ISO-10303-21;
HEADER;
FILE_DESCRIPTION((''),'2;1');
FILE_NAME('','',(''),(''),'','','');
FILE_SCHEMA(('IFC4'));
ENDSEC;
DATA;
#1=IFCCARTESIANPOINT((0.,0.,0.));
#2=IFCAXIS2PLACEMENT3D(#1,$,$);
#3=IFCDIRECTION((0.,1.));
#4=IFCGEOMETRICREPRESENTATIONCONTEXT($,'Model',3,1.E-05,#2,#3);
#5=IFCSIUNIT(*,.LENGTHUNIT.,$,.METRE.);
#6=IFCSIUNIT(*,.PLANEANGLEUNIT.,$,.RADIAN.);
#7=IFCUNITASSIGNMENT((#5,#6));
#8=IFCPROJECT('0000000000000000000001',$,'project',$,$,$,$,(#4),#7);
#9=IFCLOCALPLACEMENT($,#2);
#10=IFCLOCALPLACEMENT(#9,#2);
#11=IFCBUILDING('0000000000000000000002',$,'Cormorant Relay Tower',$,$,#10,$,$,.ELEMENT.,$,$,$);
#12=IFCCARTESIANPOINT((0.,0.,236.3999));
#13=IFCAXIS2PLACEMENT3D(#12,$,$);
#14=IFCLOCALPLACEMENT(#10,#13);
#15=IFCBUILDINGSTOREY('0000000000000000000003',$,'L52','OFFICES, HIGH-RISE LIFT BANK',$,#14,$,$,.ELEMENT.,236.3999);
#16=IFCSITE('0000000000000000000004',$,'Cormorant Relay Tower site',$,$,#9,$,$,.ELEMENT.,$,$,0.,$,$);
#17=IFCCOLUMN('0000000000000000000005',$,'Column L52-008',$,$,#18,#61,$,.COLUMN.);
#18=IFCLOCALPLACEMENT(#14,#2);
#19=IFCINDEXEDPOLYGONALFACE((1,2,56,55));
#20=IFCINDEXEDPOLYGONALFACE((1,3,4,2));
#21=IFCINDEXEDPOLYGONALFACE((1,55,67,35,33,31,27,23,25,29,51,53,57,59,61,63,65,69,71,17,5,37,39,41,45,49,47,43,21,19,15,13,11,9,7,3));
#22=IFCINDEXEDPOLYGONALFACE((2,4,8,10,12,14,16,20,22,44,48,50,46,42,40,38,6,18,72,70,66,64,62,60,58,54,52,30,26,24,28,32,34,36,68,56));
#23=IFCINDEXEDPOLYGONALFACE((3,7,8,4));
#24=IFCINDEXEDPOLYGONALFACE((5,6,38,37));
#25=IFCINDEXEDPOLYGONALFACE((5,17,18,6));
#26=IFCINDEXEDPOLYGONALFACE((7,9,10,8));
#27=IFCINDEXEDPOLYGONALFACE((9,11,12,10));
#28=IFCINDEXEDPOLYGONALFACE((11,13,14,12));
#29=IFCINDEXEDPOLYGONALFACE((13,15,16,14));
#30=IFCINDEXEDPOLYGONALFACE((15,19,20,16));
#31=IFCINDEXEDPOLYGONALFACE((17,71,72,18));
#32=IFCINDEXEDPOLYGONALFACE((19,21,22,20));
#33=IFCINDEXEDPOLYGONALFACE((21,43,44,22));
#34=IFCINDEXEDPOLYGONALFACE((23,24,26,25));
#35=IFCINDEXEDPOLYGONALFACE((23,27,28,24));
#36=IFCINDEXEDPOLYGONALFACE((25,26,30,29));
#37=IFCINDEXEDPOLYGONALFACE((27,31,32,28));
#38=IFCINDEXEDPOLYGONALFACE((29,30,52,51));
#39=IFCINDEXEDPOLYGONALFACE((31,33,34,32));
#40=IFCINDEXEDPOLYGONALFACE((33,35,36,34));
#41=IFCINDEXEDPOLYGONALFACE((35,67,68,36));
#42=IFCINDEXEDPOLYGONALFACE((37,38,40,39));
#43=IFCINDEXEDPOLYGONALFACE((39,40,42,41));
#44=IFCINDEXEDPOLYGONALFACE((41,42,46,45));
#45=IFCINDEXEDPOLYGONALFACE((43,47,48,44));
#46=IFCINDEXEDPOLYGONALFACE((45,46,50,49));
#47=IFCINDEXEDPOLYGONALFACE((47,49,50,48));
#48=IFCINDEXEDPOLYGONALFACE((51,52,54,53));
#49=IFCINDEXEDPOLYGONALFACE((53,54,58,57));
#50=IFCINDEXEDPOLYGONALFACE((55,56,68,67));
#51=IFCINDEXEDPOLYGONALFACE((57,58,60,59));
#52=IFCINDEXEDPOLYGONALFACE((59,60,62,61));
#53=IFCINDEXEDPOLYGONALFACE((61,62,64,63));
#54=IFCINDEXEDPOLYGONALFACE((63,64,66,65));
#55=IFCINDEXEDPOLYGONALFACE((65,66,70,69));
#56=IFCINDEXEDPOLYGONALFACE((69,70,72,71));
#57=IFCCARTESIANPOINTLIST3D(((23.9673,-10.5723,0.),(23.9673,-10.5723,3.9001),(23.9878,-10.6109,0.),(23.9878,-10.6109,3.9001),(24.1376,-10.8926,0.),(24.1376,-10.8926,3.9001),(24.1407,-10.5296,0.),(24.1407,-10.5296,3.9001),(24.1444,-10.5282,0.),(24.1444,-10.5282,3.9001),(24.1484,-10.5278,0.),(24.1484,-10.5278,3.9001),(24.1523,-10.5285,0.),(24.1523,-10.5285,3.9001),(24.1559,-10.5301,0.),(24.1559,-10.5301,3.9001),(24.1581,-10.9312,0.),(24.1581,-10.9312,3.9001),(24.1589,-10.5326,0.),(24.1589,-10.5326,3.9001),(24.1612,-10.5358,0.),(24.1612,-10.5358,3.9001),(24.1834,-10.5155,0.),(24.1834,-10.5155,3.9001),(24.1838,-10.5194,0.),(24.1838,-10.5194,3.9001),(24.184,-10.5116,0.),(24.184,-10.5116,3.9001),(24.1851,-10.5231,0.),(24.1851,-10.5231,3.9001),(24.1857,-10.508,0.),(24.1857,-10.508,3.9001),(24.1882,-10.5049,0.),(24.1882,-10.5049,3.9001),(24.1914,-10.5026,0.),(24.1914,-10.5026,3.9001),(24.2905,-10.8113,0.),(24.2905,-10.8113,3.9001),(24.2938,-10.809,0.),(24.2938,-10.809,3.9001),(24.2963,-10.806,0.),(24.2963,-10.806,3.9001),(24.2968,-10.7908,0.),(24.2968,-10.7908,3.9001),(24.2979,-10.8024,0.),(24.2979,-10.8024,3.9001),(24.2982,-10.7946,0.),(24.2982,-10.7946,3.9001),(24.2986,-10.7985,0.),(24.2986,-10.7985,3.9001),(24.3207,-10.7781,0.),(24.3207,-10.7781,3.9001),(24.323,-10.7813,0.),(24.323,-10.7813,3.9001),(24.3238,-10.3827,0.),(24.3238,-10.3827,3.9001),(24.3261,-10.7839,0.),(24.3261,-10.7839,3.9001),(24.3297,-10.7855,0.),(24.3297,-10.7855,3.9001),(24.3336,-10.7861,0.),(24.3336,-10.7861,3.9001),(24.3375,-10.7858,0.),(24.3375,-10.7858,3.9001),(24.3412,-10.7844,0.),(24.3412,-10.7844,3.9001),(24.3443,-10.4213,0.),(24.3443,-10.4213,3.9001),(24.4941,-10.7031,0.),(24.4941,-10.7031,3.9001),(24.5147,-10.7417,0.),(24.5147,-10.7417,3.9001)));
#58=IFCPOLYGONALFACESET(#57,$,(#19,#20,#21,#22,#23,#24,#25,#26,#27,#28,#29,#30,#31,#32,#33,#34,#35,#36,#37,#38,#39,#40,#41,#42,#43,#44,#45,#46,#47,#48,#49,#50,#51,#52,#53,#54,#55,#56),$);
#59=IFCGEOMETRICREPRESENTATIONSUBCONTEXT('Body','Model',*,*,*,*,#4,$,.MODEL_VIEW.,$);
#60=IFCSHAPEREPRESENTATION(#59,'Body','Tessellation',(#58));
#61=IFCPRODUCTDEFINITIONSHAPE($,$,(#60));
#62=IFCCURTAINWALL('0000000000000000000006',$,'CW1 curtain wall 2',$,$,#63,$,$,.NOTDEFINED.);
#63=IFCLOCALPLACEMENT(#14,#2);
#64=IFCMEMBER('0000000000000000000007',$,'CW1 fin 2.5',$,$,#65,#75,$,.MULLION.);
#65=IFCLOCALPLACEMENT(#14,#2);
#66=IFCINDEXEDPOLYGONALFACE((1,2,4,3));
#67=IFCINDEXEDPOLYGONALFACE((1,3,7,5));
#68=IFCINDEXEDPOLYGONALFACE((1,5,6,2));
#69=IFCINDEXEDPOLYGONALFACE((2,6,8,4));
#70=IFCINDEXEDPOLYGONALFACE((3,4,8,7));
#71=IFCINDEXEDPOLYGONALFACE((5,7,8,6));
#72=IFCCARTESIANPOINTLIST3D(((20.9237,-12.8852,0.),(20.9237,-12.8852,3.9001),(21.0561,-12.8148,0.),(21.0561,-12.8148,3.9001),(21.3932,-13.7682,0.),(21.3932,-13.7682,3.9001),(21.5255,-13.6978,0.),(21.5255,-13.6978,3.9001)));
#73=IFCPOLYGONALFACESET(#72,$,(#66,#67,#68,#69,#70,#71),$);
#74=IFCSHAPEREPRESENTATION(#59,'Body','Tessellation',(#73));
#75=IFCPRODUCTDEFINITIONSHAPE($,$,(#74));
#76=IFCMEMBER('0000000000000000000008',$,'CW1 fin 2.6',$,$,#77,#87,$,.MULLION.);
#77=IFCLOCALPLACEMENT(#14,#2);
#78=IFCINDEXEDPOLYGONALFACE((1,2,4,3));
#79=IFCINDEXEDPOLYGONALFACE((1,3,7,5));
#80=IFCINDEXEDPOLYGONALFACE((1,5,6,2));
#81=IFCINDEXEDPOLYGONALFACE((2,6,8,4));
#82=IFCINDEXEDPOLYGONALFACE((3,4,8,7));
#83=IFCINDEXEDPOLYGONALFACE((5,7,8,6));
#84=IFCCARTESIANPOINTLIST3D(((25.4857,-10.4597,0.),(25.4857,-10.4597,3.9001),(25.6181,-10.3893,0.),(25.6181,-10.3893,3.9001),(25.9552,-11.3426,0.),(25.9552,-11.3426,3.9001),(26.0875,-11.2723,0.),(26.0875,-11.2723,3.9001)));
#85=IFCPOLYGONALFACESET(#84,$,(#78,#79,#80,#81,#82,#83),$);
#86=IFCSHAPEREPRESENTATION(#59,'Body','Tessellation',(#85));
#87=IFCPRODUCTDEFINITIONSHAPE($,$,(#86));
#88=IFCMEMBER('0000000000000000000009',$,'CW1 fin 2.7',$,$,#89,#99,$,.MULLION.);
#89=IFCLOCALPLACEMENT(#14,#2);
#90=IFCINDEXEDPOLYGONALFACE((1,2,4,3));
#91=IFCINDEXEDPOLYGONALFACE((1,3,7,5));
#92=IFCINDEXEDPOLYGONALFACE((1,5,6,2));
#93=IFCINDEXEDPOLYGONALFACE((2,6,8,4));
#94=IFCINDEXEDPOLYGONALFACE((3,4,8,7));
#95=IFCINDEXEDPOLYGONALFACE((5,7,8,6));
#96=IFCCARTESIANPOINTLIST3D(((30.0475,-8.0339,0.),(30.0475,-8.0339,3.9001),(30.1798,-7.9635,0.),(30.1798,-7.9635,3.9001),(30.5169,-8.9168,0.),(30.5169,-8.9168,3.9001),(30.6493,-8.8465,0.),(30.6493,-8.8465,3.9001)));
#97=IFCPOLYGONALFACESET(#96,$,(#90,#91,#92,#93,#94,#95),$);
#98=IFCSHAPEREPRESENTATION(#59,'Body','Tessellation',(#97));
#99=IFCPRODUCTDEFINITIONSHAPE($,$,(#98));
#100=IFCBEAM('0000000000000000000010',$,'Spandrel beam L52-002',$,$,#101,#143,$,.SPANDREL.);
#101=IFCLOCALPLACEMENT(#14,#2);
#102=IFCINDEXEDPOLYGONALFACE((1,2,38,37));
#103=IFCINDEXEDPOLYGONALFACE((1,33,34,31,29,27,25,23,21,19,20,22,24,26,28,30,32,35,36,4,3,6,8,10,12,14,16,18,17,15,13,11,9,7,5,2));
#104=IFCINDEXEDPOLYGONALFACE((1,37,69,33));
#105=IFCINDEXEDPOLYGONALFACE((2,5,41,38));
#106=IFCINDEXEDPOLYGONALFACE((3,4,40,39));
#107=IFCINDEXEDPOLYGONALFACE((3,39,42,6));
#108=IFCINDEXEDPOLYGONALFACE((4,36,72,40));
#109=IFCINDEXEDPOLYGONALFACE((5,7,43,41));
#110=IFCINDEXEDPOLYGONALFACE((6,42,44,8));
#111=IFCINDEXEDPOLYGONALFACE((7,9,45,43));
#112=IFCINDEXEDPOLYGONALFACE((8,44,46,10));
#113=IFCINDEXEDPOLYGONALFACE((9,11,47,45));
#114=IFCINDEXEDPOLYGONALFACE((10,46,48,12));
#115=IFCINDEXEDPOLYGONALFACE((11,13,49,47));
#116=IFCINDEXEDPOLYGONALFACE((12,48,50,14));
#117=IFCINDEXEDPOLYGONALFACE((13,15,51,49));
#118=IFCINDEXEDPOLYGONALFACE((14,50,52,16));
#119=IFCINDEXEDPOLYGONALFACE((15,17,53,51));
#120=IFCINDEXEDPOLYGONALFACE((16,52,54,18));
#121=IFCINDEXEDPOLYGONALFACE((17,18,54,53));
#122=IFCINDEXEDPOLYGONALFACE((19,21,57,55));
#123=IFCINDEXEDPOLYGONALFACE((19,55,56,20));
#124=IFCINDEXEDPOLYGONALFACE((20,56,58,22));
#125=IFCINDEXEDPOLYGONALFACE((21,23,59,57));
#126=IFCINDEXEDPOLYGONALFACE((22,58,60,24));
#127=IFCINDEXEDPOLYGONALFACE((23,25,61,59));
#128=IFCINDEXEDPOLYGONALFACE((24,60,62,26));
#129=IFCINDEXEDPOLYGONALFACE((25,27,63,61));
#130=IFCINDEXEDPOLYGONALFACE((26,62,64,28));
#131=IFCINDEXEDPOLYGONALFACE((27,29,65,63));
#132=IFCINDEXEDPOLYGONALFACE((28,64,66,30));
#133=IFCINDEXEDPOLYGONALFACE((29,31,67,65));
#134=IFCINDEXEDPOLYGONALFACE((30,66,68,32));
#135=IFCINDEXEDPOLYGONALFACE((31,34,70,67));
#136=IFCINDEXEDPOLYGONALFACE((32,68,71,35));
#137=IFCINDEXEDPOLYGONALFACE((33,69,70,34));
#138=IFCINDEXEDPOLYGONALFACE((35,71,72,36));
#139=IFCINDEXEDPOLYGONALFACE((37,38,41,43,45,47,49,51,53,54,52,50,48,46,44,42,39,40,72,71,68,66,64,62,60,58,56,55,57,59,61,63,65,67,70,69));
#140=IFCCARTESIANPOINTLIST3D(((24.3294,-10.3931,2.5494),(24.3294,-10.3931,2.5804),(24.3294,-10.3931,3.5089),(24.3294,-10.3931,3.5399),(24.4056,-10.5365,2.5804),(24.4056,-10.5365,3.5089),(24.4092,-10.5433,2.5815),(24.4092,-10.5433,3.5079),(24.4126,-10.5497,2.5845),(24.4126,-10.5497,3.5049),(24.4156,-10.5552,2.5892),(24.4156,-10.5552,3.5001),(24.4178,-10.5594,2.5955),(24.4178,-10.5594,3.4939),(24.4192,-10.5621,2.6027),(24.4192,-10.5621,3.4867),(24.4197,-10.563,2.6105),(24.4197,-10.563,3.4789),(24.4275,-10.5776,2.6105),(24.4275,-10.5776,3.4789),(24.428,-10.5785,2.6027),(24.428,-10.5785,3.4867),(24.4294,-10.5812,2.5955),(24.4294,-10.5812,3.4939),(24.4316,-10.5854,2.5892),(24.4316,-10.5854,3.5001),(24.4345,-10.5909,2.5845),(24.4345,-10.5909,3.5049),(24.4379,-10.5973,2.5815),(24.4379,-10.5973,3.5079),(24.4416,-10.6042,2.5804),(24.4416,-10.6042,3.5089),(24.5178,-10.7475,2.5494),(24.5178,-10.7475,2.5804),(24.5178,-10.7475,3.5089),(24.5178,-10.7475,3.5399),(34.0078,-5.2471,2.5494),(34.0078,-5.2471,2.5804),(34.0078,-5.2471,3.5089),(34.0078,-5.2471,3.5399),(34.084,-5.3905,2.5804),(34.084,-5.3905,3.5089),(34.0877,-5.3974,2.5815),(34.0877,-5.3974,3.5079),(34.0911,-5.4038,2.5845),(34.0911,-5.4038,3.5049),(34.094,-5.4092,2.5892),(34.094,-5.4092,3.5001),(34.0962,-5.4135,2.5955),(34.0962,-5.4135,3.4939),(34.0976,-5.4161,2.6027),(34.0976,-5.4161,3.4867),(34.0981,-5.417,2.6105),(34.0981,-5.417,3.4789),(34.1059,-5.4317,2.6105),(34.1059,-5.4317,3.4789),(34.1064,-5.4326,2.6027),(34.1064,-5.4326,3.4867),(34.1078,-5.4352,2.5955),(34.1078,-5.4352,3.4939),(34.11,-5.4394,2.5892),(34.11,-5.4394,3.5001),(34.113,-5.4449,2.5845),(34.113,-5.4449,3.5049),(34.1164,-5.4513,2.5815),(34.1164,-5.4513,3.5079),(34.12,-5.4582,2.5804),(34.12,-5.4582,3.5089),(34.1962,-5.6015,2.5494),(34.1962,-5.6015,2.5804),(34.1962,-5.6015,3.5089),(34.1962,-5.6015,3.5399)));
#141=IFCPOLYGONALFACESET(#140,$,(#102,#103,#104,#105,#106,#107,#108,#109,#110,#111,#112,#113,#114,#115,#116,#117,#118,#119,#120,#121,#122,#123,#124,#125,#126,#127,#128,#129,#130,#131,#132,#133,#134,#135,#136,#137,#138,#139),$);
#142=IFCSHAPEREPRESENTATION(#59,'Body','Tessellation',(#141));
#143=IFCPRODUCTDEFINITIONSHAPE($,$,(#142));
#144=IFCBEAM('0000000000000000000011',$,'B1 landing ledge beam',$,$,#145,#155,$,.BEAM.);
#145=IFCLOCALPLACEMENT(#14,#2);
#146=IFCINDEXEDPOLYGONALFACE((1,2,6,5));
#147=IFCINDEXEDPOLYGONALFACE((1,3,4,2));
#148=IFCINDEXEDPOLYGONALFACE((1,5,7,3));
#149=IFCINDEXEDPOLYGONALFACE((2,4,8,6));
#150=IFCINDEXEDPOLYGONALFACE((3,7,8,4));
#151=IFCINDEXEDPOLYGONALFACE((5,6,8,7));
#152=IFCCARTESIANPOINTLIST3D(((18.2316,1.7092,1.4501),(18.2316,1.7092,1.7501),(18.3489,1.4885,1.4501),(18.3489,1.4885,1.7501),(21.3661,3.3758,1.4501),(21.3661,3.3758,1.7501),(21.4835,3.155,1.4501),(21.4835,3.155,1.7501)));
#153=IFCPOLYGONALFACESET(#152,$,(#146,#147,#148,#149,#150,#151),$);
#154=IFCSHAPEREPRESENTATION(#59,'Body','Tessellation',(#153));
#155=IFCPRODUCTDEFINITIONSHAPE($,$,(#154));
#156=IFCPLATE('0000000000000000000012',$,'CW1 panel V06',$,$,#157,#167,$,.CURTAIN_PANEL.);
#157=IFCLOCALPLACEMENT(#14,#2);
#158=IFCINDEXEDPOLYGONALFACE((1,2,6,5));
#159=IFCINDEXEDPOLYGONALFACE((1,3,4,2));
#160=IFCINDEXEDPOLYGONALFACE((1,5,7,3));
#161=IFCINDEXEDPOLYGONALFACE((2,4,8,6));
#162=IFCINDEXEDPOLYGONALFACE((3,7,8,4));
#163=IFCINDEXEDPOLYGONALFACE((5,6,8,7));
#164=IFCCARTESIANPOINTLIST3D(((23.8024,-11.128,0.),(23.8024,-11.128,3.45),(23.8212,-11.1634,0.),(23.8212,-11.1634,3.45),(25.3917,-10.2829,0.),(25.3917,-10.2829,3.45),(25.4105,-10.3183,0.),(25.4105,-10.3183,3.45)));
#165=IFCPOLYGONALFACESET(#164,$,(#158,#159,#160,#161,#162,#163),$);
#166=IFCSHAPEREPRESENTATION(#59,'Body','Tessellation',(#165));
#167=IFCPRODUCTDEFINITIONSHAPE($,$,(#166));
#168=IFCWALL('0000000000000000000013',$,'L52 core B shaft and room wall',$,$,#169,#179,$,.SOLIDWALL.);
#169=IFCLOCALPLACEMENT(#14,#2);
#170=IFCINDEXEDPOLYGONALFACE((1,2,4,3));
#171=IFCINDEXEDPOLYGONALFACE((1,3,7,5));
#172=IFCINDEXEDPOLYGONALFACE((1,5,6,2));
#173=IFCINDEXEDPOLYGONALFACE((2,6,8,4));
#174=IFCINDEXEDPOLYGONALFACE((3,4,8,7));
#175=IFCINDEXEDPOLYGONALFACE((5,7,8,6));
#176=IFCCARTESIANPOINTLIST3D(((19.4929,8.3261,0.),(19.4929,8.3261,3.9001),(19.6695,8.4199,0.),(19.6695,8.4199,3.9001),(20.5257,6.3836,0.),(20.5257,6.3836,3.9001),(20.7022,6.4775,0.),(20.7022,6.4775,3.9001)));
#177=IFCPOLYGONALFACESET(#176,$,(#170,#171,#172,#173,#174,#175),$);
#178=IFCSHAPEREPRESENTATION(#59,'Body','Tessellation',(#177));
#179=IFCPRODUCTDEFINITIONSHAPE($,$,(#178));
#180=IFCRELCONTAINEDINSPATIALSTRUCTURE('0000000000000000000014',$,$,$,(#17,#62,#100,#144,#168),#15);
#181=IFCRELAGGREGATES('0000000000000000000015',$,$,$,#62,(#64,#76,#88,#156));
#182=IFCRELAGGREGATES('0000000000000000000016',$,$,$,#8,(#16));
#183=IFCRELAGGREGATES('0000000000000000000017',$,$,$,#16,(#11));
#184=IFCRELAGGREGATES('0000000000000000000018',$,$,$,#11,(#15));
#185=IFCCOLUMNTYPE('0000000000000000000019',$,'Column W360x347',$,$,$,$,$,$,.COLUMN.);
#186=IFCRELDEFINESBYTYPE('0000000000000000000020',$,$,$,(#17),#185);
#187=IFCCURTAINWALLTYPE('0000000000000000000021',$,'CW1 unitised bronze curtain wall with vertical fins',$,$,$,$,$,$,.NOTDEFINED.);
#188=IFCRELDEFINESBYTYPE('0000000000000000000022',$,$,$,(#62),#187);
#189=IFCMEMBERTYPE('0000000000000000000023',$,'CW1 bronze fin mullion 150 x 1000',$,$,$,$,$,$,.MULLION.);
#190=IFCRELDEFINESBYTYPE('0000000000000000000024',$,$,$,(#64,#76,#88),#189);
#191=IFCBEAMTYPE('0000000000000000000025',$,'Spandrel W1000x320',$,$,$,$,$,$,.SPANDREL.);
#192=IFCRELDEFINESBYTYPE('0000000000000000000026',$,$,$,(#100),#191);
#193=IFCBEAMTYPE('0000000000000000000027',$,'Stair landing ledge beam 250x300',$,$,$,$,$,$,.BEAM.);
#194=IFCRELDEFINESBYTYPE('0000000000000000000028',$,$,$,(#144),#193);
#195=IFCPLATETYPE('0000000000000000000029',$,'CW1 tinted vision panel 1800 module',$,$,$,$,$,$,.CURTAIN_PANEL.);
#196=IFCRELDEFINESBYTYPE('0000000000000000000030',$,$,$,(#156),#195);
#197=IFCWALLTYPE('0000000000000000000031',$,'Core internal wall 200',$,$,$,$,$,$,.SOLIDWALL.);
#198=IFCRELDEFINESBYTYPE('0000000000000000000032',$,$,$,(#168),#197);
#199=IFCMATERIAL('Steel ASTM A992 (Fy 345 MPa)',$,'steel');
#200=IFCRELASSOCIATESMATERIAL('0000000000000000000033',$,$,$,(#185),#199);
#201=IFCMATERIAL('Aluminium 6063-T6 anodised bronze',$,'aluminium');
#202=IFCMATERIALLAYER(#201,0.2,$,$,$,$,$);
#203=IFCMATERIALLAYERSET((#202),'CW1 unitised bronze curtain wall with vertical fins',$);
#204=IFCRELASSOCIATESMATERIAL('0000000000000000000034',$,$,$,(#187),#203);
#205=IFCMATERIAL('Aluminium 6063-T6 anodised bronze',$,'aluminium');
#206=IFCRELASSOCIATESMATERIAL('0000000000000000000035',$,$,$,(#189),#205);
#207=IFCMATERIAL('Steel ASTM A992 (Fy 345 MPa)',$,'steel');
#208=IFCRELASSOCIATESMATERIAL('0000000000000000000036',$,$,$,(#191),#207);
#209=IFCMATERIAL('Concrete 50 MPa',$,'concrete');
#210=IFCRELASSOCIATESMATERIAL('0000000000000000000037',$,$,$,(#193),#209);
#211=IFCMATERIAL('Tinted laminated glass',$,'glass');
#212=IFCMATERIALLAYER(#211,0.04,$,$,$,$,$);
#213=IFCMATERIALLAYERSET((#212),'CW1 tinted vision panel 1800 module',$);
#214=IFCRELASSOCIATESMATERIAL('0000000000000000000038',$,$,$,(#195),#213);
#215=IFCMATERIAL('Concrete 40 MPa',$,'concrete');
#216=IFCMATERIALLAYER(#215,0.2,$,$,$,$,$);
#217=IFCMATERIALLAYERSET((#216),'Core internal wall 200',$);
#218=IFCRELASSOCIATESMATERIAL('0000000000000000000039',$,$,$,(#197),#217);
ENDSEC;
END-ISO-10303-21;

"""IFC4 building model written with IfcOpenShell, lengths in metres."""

from ifc_helpers import new_model, si_unit, direction, frame, frame_2d, origin, origin_2d, place, context, subcontext, project, spatial, rectangle, i_section, extrude, material, layer, layer_set, material_profile, profile_set, type_object, element, aggregate, save


model = new_model("IFC4")

# Units and contexts
model_context = context("Model", 3, precision=1e-05, world=origin(), true_north=direction((0.0, 1.0)))
body_context = subcontext(model_context, "Body", "Model", "MODEL_VIEW")
ifc_project = project(units=[si_unit("LENGTHUNIT", "METRE"), si_unit("PLANEANGLEUNIT", "RADIAN")], contexts=[model_context])

# Site, building, storey
site_placement = place(None, origin())
site = spatial("IfcSite", under=ifc_project, at=site_placement, Name="Cormorant Relay Tower site", CompositionType="ELEMENT", RefElevation=0.0)
building_placement = place(site_placement, origin())
building = spatial("IfcBuilding", under=site, at=building_placement, Name="Cormorant Relay Tower", CompositionType="ELEMENT")
storey_placement = place(building_placement, frame((0.0, 0.0, 236.3999)))
storey = spatial("IfcBuildingStorey", under=building, at=storey_placement, Name="L52", Description="OFFICES, HIGH-RISE LIFT BANK", CompositionType="ELEMENT", Elevation=236.3999)

# Column
ifc_material_1 = material(Name="Steel ASTM A992 (Fy 345 MPa)", Category="steel")
ifc_material_profile_1 = material_profile(ifc_material_1, i_section(OverallWidth=0.4038, OverallDepth=0.4065, WebThickness=0.0271, FlangeThickness=0.0437, FilletRadius=0.0151, at=origin_2d()), Name="W360x347")
ifc_profile_set_1 = profile_set([ifc_material_profile_1], Name="Steel ASTM A992 (Fy 345 MPa)")
column_type = type_object("IfcColumnType", Name="Column W360x347", PredefinedType="COLUMN", material=ifc_profile_set_1)
column_placement = place(storey_placement, frame((24.241, -10.657, 0.0), z_axis=(0.0, 0.0, 1.0), x_axis=(0.882948, 0.469472, 0.0)))
element("IfcColumn", 1, at=column_placement, inside=storey, type_object=column_type, Name="Column L52-008", PredefinedType="COLUMN", context=body_context, shape_type="SweptSolid", body=[
    extrude(i_section(OverallWidth=0.4038, OverallDepth=0.4065, WebThickness=0.0271, FlangeThickness=0.0437, FilletRadius=0.0151, at=origin_2d()), origin(), (0.0, 0.0, 1.0), 3.9001),
])

# Curtain wall, members
ifc_material_2 = material(Name="Aluminium 6063-T6 anodised bronze", Category="aluminium")
ifc_layer_1 = layer(ifc_material_2, 0.2)
ifc_layer_set_1 = layer_set([ifc_layer_1], Name="CW1 unitised bronze curtain wall with vertical fins")
curtain_wall_type = type_object("IfcCurtainWallType", Name="CW1 unitised bronze curtain wall with vertical fins", PredefinedType="NOTDEFINED", material=ifc_layer_set_1)
curtain_wall_placement = place(storey_placement, origin())
curtain_wall = element("IfcCurtainWall", 2, at=curtain_wall_placement, inside=storey, type_object=curtain_wall_type, Name="CW1 curtain wall 2", PredefinedType="NOTDEFINED")
ifc_material_3 = material(Name="Aluminium 6063-T6 anodised bronze", Category="aluminium")
ifc_material_profile_2 = material_profile(ifc_material_3, rectangle(XDim=0.1499, YDim=1.0, at=origin_2d()), Name="AL 150x1000")
ifc_profile_set_2 = profile_set([ifc_material_profile_2], Name="Aluminium 6063-T6 anodised bronze")
member_type = type_object("IfcMemberType", Name="CW1 bronze fin mullion 150 x 1000", PredefinedType="MULLION", material=ifc_profile_set_2)
member_1_placement = place(storey_placement, frame((21.2246, -13.2915, 0.0), z_axis=(0.0, 0.0, 1.0), x_axis=(0.882948, 0.469472, 0.0)))
member_1 = element("IfcMember", 3, at=member_1_placement, type_object=member_type, Name="CW1 fin 2.5", PredefinedType="MULLION", context=body_context, shape_type="SweptSolid", body=[
    extrude(rectangle(XDim=0.1499, YDim=1.0, at=origin_2d()), origin(), (0.0, 0.0, 1.0), 3.9001),
])
member_2_placement = place(storey_placement, frame((25.7866, -10.866, 0.0), z_axis=(0.0, 0.0, 1.0), x_axis=(0.882948, 0.469472, 0.0)))
member_2 = element("IfcMember", 4, at=member_2_placement, type_object=member_type, Name="CW1 fin 2.6", PredefinedType="MULLION", context=body_context, shape_type="SweptSolid", body=[
    extrude(rectangle(XDim=0.1499, YDim=1.0, at=origin_2d()), origin(), (0.0, 0.0, 1.0), 3.9001),
])
member_3_placement = place(storey_placement, frame((30.3484, -8.4402, 0.0), z_axis=(0.0, 0.0, 1.0), x_axis=(0.882948, 0.469472, 0.0)))
member_3 = element("IfcMember", 5, at=member_3_placement, type_object=member_type, Name="CW1 fin 2.7", PredefinedType="MULLION", context=body_context, shape_type="SweptSolid", body=[
    extrude(rectangle(XDim=0.1499, YDim=1.0, at=origin_2d()), origin(), (0.0, 0.0, 1.0), 3.9001),
])

# Beams
ifc_material_4 = material(Name="Steel ASTM A992 (Fy 345 MPa)", Category="steel")
ifc_material_profile_3 = material_profile(ifc_material_4, i_section(OverallWidth=0.4014, OverallDepth=0.9905, WebThickness=0.0166, FlangeThickness=0.031, FilletRadius=0.03, at=origin_2d()), Name="W1000x320")
ifc_profile_set_3 = profile_set([ifc_material_profile_3], Name="Steel ASTM A992 (Fy 345 MPa)")
beam_type_1 = type_object("IfcBeamType", Name="Spandrel W1000x320", PredefinedType="SPANDREL", material=ifc_profile_set_3)
beam_1_placement = place(storey_placement, frame((24.4236, -10.5703, 3.0447), z_axis=(0.882953, 0.469462, 0.0), x_axis=(-0.469462, 0.882953, 0.0)))
element("IfcBeam", 6, at=beam_1_placement, inside=storey, type_object=beam_type_1, Name="Spandrel beam L52-002", PredefinedType="SPANDREL", context=body_context, shape_type="SweptSolid", body=[
    extrude(i_section(OverallWidth=0.4014, OverallDepth=0.9905, WebThickness=0.0166, FlangeThickness=0.031, FilletRadius=0.03, at=origin_2d()), origin(), (0.0, 0.0, 1.0), 10.9614),
])
ifc_material_5 = material(Name="Concrete 50 MPa", Category="concrete")
ifc_material_profile_4 = material_profile(ifc_material_5, rectangle(XDim=0.25, YDim=0.3, at=origin_2d()), Name="RC 250x300")
ifc_profile_set_4 = profile_set([ifc_material_profile_4], Name="Concrete 50 MPa")
beam_type_2 = type_object("IfcBeamType", Name="Stair landing ledge beam 250x300", PredefinedType="BEAM", material=ifc_profile_set_4)
beam_2_placement = place(storey_placement, frame((21.4248, 3.2654, 1.6001), z_axis=(-0.882965, -0.469438, 0.0), x_axis=(0.469438, -0.882965, 0.0)))
element("IfcBeam", 7, at=beam_2_placement, inside=storey, type_object=beam_type_2, Name="B1 landing ledge beam", PredefinedType="BEAM", context=body_context, shape_type="SweptSolid", body=[
    extrude(rectangle(XDim=0.25, YDim=0.3, at=origin_2d()), origin(), (0.0, 0.0, 1.0), 3.55),
])

# Plate
ifc_material_6 = material(Name="Tinted laminated glass", Category="glass")
ifc_layer_2 = layer(ifc_material_6, 0.04)
ifc_layer_set_2 = layer_set([ifc_layer_2], Name="CW1 tinted vision panel 1800 module")
plate_type = type_object("IfcPlateType", Name="CW1 tinted vision panel 1800 module", PredefinedType="CURTAIN_PANEL", material=ifc_layer_set_2)
plate_placement = place(storey_placement, frame((24.6064, -10.7231, 0.0), z_axis=(0.0, 0.0, 1.0), x_axis=(0.882948, 0.469472, 0.0)))
plate = element("IfcPlate", 8, at=plate_placement, type_object=plate_type, Name="CW1 panel V06", PredefinedType="CURTAIN_PANEL", context=body_context, shape_type="SweptSolid", body=[
    extrude(rectangle(XDim=1.8, YDim=0.04, at=origin_2d()), origin(), (0.0, 0.0, 1.0), 3.45),
])

# Wall
ifc_material_7 = material(Name="Concrete 40 MPa", Category="concrete")
ifc_layer_3 = layer(ifc_material_7, 0.2)
ifc_layer_set_3 = layer_set([ifc_layer_3], Name="Core internal wall 200")
wall_type_1 = type_object("IfcWallType", Name="Core internal wall 200", PredefinedType="SOLIDWALL", material=ifc_layer_set_3)
wall_1_placement = place(storey_placement, frame((20.614, 6.4304, 0.0), z_axis=(0.0, 0.0, 1.0), x_axis=(-0.469447, 0.88296, 0.0)))
element("IfcWall", 9, at=wall_1_placement, inside=storey, type_object=wall_type_1, Name="L52 core B shaft and room wall", PredefinedType="SOLIDWALL", context=body_context, shape_type="SweptSolid", body=[
    extrude(rectangle(XDim=2.2, YDim=0.2, at=frame_2d((1.1001, 0.0))), origin(), (0.0, 0.0, 1.0), 3.9001),
])

aggregate(curtain_wall, [member_1, member_2, member_3, plate])

save(model, "model.ifc")
